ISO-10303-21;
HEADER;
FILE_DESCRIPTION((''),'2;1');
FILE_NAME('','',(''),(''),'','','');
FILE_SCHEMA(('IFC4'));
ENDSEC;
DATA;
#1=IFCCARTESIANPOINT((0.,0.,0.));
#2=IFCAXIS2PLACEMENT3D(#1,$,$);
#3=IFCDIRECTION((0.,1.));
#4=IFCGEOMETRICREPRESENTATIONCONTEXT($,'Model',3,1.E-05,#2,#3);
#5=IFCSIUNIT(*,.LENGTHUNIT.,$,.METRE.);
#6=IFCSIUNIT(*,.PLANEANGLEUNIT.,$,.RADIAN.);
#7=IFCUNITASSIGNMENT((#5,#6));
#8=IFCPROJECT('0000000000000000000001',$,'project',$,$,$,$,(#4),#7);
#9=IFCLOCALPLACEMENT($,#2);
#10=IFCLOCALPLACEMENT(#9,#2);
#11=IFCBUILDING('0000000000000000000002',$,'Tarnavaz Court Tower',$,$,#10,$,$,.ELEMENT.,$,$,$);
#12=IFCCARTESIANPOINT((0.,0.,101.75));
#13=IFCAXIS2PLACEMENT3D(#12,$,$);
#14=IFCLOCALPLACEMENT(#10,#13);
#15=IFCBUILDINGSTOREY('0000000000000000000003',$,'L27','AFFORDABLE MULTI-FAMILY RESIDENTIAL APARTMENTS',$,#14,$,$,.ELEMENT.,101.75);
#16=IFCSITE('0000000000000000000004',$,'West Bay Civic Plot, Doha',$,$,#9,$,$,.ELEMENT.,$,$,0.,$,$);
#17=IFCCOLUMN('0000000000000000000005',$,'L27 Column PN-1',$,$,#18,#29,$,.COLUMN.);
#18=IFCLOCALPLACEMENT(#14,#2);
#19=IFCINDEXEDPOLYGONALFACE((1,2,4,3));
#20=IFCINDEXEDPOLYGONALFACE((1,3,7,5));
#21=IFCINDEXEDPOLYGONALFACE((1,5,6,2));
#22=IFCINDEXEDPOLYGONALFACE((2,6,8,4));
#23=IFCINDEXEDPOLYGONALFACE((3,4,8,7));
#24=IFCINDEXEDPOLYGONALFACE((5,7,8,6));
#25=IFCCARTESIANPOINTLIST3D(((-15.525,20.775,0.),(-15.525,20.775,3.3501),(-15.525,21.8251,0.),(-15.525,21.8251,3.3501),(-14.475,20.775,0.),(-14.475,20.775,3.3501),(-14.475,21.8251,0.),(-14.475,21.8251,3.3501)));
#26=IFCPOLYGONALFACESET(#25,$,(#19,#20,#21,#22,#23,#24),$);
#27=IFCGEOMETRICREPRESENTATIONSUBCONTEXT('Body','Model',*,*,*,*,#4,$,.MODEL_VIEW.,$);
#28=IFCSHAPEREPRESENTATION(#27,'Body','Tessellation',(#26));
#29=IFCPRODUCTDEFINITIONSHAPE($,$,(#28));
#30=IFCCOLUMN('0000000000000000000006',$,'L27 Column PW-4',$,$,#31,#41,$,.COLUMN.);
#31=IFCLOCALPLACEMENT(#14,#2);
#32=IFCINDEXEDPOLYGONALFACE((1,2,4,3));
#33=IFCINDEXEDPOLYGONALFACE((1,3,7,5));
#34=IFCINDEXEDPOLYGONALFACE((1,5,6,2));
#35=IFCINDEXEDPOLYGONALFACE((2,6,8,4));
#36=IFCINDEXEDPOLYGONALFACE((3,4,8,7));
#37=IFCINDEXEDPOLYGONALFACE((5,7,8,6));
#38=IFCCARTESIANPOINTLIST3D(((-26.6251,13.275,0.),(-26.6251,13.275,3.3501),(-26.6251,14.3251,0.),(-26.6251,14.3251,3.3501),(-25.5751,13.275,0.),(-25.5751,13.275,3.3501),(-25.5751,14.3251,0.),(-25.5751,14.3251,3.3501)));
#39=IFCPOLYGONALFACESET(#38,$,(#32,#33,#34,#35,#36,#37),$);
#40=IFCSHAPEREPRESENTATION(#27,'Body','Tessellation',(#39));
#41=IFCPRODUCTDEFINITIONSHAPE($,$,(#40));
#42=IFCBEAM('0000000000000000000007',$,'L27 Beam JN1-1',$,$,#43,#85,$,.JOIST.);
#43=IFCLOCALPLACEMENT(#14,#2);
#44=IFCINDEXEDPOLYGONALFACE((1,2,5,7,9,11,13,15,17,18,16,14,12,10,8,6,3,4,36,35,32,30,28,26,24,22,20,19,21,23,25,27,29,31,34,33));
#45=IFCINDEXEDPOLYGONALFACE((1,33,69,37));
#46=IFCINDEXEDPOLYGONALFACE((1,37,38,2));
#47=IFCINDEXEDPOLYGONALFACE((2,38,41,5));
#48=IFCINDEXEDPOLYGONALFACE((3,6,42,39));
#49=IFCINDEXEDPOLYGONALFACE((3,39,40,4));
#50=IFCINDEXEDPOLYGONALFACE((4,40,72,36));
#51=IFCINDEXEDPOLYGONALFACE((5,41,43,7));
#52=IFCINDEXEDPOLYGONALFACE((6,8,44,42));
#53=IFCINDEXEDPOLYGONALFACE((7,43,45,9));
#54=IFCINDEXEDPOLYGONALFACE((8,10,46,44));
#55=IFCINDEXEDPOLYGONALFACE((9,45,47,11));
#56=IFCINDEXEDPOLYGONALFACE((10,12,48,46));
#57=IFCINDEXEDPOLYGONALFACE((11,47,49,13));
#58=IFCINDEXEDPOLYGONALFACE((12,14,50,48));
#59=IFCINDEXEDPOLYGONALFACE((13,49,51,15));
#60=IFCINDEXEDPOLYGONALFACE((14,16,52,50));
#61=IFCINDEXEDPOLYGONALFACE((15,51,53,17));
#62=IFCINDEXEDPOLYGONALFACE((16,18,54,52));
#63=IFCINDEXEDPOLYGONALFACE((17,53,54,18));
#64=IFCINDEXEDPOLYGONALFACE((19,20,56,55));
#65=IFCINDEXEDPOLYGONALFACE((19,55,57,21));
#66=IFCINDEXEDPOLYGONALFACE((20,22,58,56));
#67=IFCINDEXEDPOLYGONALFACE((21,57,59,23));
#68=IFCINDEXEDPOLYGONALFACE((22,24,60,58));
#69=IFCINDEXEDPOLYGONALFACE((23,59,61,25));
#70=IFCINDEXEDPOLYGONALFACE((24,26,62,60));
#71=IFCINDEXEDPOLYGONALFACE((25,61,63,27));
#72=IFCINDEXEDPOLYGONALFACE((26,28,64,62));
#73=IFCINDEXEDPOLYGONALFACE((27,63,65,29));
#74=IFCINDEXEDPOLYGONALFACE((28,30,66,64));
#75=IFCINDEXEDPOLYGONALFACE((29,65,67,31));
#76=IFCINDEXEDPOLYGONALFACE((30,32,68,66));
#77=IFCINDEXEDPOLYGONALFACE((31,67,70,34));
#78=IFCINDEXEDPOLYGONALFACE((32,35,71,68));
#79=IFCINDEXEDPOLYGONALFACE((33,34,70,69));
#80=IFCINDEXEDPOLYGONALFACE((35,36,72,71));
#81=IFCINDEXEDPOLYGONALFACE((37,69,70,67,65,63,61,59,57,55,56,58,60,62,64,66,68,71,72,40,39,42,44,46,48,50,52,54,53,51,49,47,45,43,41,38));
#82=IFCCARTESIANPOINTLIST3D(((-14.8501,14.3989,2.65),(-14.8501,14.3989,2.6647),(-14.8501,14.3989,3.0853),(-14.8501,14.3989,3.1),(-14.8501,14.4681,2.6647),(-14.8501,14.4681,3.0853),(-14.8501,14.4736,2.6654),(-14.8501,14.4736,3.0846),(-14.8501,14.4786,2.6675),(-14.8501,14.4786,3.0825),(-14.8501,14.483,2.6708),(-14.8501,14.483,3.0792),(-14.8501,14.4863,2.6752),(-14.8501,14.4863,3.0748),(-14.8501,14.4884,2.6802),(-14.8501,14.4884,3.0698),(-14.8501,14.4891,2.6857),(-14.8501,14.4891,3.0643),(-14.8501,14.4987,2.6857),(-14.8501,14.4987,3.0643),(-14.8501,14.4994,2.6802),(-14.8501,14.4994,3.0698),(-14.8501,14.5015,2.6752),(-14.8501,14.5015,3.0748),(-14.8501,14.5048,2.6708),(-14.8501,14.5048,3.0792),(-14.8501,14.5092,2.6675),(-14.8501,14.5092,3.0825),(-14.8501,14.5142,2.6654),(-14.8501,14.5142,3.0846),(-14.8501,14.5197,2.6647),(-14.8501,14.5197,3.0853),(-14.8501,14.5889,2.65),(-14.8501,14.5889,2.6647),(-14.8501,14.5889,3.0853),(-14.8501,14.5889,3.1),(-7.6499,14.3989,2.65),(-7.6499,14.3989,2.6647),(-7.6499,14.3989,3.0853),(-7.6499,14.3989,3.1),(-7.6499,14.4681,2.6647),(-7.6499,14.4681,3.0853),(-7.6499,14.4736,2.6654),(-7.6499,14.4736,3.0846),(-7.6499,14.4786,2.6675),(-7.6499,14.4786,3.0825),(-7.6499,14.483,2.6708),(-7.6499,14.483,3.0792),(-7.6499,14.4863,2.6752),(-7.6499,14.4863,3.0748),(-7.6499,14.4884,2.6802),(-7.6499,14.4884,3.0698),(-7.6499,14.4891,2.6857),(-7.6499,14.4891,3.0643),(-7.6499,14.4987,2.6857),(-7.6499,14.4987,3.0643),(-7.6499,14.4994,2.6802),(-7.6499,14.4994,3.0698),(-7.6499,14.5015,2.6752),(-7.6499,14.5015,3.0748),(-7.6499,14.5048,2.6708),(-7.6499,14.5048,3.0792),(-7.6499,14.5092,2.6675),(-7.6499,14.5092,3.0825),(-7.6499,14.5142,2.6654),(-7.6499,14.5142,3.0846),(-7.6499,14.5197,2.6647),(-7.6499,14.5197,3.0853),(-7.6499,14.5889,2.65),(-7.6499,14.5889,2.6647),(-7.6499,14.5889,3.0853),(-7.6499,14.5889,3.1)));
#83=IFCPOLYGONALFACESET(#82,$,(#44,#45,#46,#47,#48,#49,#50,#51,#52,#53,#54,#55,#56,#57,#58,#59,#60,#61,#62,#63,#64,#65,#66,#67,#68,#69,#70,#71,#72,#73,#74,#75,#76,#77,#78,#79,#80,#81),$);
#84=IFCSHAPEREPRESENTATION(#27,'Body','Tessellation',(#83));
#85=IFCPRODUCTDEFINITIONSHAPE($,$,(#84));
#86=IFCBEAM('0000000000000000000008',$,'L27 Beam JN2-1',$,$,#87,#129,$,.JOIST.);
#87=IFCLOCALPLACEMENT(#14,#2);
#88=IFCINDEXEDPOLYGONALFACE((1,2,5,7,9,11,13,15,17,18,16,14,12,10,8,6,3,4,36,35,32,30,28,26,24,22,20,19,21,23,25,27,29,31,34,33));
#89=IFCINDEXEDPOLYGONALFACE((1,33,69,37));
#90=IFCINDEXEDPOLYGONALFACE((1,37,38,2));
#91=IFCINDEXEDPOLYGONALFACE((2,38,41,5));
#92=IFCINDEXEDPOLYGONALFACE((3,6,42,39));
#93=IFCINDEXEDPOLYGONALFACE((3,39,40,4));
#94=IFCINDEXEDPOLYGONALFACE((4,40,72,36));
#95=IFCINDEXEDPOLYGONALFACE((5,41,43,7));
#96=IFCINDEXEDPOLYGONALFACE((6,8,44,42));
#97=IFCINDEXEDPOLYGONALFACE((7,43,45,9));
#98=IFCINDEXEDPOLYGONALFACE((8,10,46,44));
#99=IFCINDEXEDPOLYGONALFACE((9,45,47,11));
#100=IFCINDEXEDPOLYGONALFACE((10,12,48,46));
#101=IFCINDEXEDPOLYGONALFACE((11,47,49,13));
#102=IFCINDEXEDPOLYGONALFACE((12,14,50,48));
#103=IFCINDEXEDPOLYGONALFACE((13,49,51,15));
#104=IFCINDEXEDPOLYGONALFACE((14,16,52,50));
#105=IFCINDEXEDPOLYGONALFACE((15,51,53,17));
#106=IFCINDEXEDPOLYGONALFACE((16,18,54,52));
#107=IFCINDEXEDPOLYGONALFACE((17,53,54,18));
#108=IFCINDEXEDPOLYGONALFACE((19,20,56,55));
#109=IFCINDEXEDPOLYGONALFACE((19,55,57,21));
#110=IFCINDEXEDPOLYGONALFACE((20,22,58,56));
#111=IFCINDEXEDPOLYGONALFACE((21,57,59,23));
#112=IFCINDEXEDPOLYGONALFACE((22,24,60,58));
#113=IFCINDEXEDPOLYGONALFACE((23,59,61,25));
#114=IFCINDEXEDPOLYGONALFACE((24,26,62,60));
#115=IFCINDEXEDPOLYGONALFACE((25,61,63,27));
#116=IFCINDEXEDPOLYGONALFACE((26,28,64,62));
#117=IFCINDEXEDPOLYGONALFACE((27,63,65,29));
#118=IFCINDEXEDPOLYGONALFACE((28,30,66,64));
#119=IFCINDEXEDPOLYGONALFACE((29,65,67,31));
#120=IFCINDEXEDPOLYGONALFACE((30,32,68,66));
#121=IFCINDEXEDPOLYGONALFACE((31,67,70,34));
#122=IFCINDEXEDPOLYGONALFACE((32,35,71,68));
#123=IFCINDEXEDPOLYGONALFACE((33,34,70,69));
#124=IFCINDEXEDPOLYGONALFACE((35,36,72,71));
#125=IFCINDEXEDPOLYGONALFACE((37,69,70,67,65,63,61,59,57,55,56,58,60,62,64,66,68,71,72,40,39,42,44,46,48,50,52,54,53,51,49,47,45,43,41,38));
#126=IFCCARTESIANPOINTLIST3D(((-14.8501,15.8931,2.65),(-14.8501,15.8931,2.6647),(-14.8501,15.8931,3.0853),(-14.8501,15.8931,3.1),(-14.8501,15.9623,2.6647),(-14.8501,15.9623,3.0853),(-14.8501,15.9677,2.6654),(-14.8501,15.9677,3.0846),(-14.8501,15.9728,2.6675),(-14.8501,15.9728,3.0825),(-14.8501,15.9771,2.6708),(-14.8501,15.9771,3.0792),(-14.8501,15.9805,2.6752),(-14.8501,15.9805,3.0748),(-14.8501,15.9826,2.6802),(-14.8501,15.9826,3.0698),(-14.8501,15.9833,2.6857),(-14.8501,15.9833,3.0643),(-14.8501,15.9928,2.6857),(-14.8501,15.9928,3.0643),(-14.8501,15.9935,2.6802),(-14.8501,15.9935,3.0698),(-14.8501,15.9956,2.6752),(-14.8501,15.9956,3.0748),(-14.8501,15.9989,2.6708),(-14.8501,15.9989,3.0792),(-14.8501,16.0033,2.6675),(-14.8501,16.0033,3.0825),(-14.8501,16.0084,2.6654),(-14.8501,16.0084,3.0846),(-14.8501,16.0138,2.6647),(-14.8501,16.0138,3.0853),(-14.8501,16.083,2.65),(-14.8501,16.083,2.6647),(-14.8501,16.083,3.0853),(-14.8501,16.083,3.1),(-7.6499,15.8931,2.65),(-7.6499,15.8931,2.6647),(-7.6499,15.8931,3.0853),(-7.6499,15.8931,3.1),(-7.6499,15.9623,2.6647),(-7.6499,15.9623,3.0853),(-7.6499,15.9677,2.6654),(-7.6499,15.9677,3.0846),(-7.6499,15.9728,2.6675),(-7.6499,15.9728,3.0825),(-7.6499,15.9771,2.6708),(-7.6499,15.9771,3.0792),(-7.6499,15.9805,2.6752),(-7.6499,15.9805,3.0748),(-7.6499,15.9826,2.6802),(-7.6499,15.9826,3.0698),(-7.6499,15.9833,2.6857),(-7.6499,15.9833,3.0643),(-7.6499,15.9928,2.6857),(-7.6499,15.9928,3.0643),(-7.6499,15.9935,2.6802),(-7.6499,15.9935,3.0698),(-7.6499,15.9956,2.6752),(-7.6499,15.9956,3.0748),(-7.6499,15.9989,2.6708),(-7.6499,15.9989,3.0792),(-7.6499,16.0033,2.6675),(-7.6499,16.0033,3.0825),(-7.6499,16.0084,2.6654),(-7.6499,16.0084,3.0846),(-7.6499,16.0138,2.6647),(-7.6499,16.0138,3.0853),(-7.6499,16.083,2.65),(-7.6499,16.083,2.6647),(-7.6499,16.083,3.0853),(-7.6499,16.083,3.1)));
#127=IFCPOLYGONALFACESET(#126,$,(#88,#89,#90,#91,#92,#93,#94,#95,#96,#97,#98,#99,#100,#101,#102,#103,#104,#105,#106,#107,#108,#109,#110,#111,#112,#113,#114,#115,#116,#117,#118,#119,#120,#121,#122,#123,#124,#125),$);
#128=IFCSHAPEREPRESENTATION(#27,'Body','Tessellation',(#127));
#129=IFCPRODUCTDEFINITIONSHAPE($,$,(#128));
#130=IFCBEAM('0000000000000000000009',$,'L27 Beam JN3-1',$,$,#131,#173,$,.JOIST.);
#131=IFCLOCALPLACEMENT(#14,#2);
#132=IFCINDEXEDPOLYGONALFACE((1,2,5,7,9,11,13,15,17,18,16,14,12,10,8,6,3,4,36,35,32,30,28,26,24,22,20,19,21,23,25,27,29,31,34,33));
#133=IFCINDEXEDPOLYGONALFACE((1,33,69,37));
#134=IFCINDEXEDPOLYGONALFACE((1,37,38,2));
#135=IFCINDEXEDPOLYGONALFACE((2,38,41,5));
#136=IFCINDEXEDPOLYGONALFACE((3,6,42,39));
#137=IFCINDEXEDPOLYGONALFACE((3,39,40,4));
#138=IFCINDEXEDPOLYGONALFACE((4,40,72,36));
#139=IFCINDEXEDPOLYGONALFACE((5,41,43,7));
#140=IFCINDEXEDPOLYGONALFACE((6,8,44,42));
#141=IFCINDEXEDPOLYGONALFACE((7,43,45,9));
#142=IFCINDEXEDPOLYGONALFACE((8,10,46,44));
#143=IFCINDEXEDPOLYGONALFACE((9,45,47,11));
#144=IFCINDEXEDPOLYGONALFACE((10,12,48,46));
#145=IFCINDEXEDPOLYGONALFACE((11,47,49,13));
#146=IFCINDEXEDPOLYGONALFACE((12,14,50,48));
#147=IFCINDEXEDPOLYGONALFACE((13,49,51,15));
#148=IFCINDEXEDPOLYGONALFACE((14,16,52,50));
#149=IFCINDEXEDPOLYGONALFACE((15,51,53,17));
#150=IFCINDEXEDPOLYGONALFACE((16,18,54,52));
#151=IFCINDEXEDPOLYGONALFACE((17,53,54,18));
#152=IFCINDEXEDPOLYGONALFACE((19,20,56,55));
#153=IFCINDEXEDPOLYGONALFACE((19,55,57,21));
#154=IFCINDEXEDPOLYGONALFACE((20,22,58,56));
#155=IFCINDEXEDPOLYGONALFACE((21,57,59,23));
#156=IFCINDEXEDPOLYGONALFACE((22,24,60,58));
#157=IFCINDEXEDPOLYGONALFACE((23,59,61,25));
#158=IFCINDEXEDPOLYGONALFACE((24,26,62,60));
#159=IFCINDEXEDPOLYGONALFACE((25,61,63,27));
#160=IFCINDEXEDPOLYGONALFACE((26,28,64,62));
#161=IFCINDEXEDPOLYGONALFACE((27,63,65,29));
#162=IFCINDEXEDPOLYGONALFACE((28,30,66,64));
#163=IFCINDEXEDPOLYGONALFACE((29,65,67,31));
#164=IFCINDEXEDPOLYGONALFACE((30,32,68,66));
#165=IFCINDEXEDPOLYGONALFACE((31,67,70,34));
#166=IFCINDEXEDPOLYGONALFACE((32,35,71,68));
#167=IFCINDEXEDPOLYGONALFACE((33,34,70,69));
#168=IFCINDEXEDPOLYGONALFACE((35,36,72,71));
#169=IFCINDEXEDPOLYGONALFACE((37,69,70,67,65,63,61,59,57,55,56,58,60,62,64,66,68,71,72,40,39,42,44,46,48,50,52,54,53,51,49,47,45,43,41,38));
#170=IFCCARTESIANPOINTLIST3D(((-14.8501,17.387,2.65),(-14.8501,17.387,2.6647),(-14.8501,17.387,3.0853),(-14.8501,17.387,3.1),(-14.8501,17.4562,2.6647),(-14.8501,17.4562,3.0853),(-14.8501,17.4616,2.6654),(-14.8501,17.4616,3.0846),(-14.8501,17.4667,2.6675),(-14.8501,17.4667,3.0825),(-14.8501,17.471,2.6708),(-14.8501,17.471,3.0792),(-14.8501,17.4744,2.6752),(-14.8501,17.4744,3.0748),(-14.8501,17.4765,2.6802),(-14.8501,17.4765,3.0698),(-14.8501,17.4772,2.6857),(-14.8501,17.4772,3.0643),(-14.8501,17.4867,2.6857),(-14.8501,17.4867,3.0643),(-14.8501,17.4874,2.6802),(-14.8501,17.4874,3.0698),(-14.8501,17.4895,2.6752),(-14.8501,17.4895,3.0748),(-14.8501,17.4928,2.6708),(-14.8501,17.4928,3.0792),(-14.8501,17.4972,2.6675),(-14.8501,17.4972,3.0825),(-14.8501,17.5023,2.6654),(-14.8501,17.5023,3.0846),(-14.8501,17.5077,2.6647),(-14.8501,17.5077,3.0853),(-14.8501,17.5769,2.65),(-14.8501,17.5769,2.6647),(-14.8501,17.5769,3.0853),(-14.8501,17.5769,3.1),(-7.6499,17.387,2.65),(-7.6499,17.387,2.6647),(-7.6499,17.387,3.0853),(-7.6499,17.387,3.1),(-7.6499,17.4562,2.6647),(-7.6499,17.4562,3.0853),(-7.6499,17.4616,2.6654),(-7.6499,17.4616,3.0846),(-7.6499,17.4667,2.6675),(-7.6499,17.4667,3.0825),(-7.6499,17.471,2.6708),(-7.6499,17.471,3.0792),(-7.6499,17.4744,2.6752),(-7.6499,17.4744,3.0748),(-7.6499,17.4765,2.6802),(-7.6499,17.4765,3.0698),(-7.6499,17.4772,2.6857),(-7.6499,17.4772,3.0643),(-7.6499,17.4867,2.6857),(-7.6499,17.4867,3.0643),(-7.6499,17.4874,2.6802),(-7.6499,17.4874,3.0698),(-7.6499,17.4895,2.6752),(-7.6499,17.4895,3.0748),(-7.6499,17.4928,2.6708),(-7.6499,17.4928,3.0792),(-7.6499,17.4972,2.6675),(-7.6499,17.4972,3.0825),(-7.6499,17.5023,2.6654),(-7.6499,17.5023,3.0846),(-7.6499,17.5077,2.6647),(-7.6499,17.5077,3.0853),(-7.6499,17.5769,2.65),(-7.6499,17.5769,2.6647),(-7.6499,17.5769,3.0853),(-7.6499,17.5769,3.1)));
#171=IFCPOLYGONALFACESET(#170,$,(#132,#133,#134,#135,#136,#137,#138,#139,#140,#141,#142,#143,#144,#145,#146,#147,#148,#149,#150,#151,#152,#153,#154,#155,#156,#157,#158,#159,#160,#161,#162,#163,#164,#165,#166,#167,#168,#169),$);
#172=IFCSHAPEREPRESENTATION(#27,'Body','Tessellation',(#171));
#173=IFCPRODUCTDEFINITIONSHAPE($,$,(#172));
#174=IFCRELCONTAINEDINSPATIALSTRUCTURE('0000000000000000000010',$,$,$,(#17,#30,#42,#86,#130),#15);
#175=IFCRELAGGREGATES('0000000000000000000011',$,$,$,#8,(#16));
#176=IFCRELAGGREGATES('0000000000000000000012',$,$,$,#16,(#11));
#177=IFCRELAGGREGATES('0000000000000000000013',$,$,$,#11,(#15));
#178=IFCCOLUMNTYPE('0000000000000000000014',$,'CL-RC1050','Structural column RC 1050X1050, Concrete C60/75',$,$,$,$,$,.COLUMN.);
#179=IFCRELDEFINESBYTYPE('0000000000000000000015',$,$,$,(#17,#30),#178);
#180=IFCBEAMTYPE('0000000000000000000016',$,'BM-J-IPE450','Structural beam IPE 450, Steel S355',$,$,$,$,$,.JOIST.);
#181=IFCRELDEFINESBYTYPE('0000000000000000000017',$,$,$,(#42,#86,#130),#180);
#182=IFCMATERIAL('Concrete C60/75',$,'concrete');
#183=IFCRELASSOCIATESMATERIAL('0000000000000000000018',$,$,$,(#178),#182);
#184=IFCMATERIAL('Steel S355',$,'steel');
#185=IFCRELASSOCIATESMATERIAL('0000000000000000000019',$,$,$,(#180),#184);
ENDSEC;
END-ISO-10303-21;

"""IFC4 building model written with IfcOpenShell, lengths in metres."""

from ifc_helpers import new_model, si_unit, direction, frame, origin, origin_2d, place, context, subcontext, project, spatial, rectangle, i_section, extrude, material, material_profile, profile_set, type_object, element, save


model = new_model("IFC4")

# Units and contexts
model_context = context("Model", 3, precision=1e-05, world=origin(), true_north=direction((0.0, 1.0)))
body_context = subcontext(model_context, "Body", "Model", "MODEL_VIEW")
ifc_project = project(units=[si_unit("LENGTHUNIT", "METRE"), si_unit("PLANEANGLEUNIT", "RADIAN")], contexts=[model_context])

# Site, building, storey
site_placement = place(None, origin())
site = spatial("IfcSite", under=ifc_project, at=site_placement, Name="West Bay Civic Plot, Doha", CompositionType="ELEMENT", RefElevation=0.0)
building_placement = place(site_placement, origin())
building = spatial("IfcBuilding", under=site, at=building_placement, Name="Tarnavaz Court Tower", CompositionType="ELEMENT")
storey_placement = place(building_placement, frame((0.0, 0.0, 101.75)))
storey = spatial("IfcBuildingStorey", under=building, at=storey_placement, Name="L27", Description="AFFORDABLE MULTI-FAMILY RESIDENTIAL APARTMENTS", CompositionType="ELEMENT", Elevation=101.75)

# Columns
ifc_material_1 = material(Name="Concrete C60/75", Category="concrete")
ifc_material_profile_1 = material_profile(ifc_material_1, rectangle(XDim=1.05, YDim=1.05, at=origin_2d()), Name="RC 1050X1050")
ifc_profile_set_1 = profile_set([ifc_material_profile_1], Name="Concrete C60/75")
column_type = type_object("IfcColumnType", Name="CL-RC1050", Description="Structural column RC 1050X1050, Concrete C60/75", PredefinedType="COLUMN", material=ifc_profile_set_1)
for number, where, z_axis, x_axis, name in (
    (1, (-15.0, 21.3, 0.0), (0.0, 0.0, 1.0), (1.0, 0.0, 0.0), "L27 Column PN-1"),
    (2, (-26.1001, 13.8, 0.0), (0.0, 0.0, 1.0), (1.0, 0.0, 0.0), "L27 Column PW-4"),
):
    element("IfcColumn", number, at=place(storey_placement, frame(where, z_axis=z_axis, x_axis=x_axis)), inside=storey, type_object=column_type, Name=name, PredefinedType="COLUMN", context=body_context, shape_type="SweptSolid", body=[
        extrude(rectangle(XDim=1.05, YDim=1.05, at=origin_2d()), origin(), (0.0, 0.0, 1.0), 3.3501),
    ])

# Beams
ifc_material_2 = material(Name="Steel S355", Category="steel")
ifc_material_profile_2 = material_profile(ifc_material_2, i_section(OverallWidth=0.1899, OverallDepth=0.45, WebThickness=0.0095, FlangeThickness=0.0146, FilletRadius=0.021, at=origin_2d()), Name="IPE 450")
ifc_profile_set_2 = profile_set([ifc_material_profile_2], Name="Steel S355")
beam_type_1 = type_object("IfcBeamType", Name="BM-J-IPE450", Description="Structural beam IPE 450, Steel S355", PredefinedType="JOIST", material=ifc_profile_set_2)
for number, where, z_axis, x_axis, name in (
    (3, (-14.8501, 14.4939, 2.875), (1.0, 0.0, 0.0), (0.0, 1.0, 0.0), "L27 Beam JN1-1"),
    (4, (-14.8501, 15.988, 2.875), (1.0, 0.0, 0.0), (0.0, 1.0, 0.0), "L27 Beam JN2-1"),
    (5, (-14.8501, 17.4819, 2.875), (1.0, 0.0, 0.0), (0.0, 1.0, 0.0), "L27 Beam JN3-1"),
):
    element("IfcBeam", number, at=place(storey_placement, frame(where, z_axis=z_axis, x_axis=x_axis)), inside=storey, type_object=beam_type_1, Name=name, PredefinedType="JOIST", context=body_context, shape_type="SweptSolid", body=[
        extrude(i_section(OverallWidth=0.1899, OverallDepth=0.45, WebThickness=0.0095, FlangeThickness=0.0146, FilletRadius=0.021, at=origin_2d()), origin(), (0.0, 0.0, 1.0), 7.2002),
    ])

save(model, "model.ifc")
